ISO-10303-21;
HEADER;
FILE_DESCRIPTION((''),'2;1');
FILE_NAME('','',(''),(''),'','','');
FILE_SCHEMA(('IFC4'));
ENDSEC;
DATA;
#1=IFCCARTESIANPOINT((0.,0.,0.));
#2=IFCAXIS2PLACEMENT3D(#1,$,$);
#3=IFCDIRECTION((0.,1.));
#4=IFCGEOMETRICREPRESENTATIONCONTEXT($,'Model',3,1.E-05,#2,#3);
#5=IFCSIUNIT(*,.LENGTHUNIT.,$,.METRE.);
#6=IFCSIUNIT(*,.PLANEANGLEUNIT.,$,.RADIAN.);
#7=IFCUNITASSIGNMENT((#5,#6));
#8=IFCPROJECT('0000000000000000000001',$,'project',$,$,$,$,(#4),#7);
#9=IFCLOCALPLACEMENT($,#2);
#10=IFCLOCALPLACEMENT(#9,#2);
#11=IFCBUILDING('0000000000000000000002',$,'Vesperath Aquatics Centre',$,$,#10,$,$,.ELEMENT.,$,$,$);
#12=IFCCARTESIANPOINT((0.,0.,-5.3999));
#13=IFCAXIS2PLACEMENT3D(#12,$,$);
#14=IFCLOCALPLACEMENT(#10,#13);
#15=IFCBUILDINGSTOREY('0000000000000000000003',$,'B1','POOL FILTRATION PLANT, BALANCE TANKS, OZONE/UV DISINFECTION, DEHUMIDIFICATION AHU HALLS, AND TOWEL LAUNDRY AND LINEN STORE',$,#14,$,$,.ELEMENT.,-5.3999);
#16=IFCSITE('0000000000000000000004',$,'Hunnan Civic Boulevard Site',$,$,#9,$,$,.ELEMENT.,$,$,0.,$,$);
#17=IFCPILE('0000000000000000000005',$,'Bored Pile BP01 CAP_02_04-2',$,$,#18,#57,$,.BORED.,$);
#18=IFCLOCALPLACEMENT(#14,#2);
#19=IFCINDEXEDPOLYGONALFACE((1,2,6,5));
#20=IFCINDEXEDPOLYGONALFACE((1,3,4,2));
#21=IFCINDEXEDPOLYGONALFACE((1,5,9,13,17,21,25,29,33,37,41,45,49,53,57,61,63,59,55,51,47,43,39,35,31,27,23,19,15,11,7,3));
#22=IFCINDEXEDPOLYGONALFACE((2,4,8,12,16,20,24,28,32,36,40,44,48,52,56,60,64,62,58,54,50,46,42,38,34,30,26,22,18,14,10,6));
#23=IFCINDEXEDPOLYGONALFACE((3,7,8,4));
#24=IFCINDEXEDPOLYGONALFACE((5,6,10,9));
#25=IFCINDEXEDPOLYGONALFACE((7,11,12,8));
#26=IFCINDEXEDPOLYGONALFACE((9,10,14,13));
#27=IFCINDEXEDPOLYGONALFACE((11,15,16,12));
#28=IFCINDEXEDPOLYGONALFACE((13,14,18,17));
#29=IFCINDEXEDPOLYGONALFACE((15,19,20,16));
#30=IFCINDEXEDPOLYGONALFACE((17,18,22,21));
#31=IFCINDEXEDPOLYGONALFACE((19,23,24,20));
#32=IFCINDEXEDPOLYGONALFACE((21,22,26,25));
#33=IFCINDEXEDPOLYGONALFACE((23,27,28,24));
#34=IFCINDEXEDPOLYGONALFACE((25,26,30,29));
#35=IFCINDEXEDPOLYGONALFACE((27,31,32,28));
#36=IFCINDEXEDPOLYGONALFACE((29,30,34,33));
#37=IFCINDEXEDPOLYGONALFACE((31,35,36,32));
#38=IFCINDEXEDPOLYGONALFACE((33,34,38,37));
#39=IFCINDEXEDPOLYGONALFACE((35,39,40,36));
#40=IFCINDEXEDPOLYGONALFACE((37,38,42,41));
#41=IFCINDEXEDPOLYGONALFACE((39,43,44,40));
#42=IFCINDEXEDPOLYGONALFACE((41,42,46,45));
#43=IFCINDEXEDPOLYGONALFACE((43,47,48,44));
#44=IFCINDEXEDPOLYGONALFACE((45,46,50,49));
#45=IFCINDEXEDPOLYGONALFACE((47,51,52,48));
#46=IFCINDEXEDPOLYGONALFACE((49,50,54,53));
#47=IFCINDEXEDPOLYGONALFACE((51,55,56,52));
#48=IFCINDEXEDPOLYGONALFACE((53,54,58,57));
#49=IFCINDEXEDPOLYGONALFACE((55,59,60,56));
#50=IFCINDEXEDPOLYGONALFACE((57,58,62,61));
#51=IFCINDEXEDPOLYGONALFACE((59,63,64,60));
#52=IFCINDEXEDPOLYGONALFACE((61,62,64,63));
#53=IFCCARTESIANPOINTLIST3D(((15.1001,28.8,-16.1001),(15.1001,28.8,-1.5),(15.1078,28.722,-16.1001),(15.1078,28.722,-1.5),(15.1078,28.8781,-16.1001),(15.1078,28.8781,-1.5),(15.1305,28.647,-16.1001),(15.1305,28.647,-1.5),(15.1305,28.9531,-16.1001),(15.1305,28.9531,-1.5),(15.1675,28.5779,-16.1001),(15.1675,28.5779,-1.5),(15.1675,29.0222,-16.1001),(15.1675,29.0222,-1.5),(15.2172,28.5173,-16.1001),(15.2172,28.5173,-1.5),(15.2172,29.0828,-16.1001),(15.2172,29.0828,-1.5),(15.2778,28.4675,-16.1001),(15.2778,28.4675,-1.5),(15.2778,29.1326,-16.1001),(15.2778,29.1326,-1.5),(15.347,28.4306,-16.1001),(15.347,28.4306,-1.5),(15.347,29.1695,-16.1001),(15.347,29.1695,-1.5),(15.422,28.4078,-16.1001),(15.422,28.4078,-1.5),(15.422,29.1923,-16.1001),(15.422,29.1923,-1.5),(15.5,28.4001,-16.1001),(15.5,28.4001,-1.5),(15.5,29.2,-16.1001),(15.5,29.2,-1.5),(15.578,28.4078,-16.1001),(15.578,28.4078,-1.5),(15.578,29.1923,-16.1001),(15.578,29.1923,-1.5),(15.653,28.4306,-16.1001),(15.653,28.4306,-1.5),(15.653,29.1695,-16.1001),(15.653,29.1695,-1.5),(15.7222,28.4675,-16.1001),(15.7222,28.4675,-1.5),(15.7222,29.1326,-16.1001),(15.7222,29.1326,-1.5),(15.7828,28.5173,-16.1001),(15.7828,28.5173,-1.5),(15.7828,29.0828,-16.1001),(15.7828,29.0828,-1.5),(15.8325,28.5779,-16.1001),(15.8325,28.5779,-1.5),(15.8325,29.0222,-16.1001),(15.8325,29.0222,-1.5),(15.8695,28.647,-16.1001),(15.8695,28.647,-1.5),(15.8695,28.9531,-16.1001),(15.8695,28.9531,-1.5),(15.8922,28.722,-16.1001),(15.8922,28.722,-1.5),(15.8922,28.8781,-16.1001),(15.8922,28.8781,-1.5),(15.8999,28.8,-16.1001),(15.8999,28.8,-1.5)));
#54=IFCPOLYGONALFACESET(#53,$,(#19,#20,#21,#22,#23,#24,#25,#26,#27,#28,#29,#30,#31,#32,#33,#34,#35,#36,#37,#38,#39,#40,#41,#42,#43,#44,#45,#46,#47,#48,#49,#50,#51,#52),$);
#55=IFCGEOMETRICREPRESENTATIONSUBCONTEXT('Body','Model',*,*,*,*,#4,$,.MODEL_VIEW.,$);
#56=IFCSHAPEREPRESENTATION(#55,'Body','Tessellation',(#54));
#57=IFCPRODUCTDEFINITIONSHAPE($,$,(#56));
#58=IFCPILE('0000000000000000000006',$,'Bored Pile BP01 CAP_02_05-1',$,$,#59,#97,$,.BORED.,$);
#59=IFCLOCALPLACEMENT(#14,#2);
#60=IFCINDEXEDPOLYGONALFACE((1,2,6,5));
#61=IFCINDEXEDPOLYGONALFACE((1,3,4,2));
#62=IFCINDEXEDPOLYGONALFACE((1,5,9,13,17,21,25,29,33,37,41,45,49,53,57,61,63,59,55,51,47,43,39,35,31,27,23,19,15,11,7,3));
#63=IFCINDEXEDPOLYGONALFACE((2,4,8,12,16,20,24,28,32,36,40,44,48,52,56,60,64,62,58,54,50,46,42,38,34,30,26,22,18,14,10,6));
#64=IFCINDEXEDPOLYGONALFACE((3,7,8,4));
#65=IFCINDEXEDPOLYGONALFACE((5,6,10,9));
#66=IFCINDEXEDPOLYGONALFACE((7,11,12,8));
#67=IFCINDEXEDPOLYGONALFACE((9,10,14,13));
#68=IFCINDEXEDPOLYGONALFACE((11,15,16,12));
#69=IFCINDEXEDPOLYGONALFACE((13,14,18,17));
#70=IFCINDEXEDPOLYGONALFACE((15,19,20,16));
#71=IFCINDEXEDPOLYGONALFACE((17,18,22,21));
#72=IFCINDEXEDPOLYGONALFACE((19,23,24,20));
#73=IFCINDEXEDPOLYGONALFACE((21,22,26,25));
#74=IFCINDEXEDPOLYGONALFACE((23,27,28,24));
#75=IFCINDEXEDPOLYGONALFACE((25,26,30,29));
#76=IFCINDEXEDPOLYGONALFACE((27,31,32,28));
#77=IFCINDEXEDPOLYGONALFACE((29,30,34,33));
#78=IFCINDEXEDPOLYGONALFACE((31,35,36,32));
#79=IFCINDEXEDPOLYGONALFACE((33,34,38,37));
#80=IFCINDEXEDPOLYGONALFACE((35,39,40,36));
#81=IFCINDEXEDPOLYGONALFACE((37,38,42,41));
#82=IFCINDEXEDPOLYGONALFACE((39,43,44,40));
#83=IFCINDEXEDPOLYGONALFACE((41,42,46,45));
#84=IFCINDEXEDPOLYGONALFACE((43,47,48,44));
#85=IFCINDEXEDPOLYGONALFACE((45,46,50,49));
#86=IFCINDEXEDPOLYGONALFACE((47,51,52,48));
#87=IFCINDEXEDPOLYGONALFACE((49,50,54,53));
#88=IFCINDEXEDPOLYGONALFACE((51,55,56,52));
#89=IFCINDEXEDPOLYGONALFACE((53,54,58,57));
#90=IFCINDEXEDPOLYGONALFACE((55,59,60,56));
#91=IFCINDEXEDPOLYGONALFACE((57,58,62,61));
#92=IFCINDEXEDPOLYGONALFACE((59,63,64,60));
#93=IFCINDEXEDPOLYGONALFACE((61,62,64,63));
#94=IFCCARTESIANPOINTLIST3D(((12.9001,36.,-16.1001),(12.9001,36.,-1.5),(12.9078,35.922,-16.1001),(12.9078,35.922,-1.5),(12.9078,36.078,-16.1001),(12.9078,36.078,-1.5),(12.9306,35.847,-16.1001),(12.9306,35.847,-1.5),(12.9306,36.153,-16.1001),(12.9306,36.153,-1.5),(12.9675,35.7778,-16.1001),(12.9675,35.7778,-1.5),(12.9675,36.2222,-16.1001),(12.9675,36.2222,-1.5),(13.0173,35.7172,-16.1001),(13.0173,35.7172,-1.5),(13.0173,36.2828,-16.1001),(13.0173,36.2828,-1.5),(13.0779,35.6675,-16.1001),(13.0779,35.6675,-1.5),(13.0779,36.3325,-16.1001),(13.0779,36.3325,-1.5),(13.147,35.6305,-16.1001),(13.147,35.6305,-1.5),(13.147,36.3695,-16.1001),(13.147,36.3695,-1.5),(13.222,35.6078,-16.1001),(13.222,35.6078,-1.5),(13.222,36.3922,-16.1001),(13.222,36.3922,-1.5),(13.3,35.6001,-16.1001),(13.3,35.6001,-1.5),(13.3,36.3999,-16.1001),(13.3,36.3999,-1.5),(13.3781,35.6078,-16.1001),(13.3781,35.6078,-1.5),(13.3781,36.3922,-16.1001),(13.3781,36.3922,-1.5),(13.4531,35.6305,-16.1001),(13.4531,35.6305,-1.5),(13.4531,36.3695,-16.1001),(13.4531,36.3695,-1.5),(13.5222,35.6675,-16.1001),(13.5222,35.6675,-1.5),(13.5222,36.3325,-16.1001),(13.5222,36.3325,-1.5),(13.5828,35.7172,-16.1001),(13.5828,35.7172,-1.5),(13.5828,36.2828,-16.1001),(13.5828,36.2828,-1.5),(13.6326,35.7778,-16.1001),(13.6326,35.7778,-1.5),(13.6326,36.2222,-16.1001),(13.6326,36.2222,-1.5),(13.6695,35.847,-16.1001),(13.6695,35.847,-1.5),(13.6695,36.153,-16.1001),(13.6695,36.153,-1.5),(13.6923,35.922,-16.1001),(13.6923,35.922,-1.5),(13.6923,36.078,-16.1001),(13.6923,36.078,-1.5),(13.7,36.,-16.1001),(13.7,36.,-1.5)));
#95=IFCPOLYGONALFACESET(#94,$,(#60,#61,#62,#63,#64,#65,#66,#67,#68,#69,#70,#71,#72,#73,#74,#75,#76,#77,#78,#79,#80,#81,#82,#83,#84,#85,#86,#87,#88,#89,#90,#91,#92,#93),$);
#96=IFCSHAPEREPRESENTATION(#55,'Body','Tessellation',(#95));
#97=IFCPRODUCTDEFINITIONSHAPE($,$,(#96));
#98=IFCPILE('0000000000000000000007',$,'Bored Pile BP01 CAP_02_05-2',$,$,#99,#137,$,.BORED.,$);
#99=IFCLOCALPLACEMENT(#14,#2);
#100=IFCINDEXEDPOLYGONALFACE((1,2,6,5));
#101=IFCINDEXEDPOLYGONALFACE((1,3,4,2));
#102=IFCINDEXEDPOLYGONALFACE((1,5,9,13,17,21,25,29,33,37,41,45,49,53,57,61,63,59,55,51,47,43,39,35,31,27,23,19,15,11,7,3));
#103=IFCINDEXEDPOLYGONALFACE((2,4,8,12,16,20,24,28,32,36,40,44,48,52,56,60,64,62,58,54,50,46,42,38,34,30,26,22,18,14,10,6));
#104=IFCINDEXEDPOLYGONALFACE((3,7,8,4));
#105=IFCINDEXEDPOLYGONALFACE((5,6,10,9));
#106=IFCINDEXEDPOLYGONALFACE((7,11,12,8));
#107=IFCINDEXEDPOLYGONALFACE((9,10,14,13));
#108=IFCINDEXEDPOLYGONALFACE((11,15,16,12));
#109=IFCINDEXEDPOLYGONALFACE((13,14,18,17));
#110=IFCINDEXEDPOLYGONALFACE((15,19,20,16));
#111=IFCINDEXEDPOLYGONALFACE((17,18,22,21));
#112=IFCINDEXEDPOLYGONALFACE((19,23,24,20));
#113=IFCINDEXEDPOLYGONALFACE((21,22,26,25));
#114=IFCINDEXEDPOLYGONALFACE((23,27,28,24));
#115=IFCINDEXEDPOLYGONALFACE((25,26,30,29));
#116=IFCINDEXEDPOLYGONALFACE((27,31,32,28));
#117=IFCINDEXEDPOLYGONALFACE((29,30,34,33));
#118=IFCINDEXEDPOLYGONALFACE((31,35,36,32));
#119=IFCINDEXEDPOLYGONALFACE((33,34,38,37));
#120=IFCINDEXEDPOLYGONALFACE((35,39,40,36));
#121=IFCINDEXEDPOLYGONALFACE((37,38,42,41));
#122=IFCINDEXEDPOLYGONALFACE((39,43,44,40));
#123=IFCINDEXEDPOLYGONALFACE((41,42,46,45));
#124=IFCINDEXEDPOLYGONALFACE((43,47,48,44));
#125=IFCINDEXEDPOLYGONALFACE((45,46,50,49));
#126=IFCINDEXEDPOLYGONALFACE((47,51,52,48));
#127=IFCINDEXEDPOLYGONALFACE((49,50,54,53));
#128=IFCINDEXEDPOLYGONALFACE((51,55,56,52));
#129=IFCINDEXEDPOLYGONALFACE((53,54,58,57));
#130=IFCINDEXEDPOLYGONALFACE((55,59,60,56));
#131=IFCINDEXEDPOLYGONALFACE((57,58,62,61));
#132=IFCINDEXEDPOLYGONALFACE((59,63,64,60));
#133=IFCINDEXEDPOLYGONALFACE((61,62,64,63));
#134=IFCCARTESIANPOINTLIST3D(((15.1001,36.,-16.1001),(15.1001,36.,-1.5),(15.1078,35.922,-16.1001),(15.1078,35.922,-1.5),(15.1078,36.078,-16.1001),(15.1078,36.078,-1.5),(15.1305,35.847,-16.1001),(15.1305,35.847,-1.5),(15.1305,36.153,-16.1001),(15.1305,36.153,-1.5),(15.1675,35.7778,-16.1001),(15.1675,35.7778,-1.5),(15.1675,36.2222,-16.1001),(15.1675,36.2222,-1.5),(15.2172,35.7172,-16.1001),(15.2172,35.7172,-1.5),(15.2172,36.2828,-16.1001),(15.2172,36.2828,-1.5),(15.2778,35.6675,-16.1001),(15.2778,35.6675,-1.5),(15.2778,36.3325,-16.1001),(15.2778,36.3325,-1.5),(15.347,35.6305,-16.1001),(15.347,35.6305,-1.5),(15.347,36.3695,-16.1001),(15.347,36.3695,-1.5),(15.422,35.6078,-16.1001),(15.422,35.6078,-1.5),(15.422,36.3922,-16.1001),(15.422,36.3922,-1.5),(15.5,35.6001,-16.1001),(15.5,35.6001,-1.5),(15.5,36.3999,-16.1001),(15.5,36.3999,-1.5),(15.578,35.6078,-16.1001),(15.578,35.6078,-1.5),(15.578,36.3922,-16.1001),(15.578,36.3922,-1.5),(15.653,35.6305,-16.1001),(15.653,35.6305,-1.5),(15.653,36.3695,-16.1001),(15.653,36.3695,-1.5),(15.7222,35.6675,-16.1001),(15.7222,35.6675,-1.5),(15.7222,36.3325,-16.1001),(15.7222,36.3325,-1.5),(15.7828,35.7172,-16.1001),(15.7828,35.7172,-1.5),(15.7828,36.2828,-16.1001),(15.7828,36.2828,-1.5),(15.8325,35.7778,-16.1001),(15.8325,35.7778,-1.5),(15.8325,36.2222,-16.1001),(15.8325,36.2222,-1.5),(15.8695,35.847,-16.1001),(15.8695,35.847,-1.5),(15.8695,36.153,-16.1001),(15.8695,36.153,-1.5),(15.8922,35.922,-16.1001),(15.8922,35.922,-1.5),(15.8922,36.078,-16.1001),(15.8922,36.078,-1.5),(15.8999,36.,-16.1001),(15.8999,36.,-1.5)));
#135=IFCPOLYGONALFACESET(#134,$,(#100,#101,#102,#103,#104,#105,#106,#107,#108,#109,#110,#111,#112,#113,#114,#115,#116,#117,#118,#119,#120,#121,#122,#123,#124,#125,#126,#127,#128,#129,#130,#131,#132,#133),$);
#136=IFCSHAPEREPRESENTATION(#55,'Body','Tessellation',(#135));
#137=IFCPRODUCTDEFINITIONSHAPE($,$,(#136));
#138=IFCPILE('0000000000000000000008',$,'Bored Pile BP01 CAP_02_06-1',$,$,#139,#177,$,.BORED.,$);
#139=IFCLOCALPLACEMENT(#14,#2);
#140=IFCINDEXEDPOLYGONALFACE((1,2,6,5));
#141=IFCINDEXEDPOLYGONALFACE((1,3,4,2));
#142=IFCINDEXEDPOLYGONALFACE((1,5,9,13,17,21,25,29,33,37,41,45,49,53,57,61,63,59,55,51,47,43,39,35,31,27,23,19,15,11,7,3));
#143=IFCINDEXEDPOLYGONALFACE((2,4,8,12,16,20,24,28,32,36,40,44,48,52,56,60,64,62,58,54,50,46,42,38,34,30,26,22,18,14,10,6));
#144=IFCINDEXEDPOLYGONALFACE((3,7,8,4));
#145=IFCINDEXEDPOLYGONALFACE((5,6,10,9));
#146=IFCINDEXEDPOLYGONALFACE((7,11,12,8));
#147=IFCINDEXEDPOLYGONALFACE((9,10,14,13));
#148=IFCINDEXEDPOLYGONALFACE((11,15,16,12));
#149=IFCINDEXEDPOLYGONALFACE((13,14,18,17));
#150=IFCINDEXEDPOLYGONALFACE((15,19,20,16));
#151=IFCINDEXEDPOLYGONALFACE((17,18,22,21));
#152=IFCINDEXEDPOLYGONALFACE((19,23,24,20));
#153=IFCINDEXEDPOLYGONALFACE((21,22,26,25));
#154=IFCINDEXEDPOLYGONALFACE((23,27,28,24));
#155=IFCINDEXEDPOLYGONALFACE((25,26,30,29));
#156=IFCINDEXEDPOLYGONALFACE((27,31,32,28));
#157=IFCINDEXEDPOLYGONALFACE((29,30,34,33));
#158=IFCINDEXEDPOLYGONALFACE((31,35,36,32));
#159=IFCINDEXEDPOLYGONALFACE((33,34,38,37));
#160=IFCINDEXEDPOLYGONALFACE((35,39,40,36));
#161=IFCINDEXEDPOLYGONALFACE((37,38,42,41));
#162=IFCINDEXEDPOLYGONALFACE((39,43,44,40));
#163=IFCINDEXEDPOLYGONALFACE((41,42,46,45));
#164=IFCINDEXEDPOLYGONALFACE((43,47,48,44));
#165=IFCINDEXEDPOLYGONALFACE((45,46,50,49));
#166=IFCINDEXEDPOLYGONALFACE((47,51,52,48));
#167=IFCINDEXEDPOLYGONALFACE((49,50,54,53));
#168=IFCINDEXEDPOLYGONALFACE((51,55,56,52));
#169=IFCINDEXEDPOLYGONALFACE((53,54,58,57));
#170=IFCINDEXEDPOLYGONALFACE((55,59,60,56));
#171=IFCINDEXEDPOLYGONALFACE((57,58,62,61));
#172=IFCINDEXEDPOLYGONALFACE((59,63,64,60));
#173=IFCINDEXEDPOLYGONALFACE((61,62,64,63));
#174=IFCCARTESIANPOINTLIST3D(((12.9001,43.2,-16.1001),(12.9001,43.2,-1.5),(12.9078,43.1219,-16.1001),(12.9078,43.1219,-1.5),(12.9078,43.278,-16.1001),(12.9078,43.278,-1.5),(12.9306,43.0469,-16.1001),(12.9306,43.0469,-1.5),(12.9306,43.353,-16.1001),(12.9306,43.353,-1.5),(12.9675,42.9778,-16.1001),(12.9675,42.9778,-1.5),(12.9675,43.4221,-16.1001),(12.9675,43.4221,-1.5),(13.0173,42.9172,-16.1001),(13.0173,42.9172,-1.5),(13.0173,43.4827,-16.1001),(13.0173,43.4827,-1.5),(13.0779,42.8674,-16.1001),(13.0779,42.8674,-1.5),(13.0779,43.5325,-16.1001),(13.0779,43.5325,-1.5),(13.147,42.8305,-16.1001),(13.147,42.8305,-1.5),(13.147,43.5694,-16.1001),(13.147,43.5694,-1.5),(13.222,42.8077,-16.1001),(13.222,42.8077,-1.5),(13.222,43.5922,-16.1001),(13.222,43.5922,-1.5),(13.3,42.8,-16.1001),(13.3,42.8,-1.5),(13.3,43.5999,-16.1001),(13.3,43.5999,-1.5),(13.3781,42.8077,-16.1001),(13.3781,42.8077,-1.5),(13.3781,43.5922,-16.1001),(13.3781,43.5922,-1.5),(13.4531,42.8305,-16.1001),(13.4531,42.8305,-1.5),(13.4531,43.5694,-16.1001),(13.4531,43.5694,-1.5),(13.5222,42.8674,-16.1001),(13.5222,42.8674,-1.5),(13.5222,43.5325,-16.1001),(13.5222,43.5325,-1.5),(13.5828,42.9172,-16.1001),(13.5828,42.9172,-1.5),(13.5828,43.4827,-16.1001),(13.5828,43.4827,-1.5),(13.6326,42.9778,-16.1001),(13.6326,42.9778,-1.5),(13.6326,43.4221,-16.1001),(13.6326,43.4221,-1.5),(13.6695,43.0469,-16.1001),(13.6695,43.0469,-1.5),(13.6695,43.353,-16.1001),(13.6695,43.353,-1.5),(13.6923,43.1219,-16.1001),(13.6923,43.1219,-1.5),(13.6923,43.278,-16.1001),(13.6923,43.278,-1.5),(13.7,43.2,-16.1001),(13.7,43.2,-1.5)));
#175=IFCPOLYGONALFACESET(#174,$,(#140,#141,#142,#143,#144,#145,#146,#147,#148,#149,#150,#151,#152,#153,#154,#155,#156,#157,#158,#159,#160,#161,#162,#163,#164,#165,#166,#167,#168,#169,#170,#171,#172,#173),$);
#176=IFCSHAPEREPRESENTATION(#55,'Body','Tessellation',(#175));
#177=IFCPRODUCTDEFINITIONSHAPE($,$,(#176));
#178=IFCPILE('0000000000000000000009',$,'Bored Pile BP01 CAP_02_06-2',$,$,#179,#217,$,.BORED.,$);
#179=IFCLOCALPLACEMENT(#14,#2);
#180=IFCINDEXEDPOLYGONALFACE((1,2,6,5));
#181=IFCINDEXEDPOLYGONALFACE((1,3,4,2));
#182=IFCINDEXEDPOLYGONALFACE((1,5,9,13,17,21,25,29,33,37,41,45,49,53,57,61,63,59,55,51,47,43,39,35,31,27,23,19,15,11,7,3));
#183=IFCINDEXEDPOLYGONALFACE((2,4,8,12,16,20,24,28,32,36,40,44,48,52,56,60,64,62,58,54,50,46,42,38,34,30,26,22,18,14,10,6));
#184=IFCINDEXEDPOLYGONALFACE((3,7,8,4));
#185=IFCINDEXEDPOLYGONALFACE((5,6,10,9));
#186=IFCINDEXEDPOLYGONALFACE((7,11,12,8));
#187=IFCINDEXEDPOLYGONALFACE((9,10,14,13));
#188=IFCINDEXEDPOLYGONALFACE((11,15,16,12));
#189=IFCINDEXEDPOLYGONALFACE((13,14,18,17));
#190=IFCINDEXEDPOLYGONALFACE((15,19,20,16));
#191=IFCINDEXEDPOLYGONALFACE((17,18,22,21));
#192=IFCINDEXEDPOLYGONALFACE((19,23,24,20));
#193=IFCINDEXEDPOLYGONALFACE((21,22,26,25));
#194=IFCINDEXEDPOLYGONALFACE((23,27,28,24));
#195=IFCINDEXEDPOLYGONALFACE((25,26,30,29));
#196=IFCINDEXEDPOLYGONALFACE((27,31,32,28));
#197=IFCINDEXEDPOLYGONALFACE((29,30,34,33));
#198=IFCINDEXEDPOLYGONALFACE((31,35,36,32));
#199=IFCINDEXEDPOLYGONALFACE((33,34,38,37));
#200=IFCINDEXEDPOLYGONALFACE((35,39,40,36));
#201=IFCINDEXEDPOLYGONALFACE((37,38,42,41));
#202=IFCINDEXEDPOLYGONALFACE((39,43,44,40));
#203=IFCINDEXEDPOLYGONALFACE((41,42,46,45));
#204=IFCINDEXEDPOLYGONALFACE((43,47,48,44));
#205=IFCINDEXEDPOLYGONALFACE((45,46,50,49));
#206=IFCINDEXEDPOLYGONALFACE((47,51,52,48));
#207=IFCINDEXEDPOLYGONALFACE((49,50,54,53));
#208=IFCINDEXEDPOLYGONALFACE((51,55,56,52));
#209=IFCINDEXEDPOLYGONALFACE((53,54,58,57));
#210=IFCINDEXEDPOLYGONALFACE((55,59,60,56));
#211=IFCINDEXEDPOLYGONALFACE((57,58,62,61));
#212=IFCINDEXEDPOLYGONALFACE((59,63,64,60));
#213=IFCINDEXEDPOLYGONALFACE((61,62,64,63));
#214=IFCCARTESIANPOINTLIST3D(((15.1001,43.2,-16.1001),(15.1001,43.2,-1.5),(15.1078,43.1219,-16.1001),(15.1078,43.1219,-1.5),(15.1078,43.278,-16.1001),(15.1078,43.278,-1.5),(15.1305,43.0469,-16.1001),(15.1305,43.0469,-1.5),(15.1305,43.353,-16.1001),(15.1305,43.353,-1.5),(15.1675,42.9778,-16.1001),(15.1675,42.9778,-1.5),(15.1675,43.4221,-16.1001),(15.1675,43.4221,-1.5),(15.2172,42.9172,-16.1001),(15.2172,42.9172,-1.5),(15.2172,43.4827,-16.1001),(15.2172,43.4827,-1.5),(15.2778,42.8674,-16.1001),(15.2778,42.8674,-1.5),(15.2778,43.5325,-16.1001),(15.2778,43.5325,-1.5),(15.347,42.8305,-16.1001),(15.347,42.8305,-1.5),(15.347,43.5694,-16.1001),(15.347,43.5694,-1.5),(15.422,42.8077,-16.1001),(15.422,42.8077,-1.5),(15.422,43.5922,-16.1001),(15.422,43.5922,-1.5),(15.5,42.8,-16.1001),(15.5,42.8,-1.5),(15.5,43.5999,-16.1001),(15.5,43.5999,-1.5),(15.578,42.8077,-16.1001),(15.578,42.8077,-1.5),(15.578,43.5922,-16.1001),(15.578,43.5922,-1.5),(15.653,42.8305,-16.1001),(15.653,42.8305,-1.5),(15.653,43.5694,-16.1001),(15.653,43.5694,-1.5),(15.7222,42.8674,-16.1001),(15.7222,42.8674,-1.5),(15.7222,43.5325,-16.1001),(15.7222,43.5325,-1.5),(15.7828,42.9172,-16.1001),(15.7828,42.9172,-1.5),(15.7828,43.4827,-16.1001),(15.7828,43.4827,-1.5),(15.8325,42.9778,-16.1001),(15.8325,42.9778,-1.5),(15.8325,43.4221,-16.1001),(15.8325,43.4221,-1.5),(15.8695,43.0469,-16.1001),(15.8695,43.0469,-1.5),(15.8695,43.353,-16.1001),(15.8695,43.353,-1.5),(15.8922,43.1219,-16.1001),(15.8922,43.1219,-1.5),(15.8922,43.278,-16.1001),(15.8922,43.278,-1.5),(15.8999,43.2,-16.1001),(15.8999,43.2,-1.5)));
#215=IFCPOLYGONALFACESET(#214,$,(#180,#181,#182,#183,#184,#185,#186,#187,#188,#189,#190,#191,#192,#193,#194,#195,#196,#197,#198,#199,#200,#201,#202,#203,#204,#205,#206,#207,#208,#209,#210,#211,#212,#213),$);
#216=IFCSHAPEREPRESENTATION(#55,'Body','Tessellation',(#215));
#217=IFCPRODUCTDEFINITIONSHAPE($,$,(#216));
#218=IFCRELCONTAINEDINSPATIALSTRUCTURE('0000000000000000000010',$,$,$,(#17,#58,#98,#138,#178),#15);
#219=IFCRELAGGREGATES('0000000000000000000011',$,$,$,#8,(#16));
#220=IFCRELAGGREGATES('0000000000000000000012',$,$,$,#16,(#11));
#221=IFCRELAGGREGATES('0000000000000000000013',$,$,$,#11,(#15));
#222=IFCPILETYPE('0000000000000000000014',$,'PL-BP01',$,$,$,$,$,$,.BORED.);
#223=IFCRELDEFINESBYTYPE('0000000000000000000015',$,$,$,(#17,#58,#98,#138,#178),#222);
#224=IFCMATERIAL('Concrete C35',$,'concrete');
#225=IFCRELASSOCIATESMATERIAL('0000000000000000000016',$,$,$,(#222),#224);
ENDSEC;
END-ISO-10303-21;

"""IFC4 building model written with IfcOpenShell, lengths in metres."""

from ifc_helpers import new_model, si_unit, direction, frame, origin, origin_2d, place, context, subcontext, project, spatial, circle, extrude, material, material_profile, profile_set, type_object, element, save


model = new_model("IFC4")

# Units and contexts
model_context = context("Model", 3, precision=1e-05, world=origin(), true_north=direction((0.0, 1.0)))
body_context = subcontext(model_context, "Body", "Model", "MODEL_VIEW")
ifc_project = project(units=[si_unit("LENGTHUNIT", "METRE"), si_unit("PLANEANGLEUNIT", "RADIAN")], contexts=[model_context])

# Site, building, storey
site_placement = place(None, origin())
site = spatial("IfcSite", under=ifc_project, at=site_placement, Name="Hunnan Civic Boulevard Site", CompositionType="ELEMENT", RefElevation=0.0)
building_placement = place(site_placement, origin())
building = spatial("IfcBuilding", under=site, at=building_placement, Name="Vesperath Aquatics Centre", CompositionType="ELEMENT")
storey_placement = place(building_placement, frame((0.0, 0.0, -5.3999)))
storey = spatial("IfcBuildingStorey", under=building, at=storey_placement, Name="B1", Description="POOL FILTRATION PLANT, BALANCE TANKS, OZONE/UV DISINFECTION, DEHUMIDIFICATION AHU HALLS, AND TOWEL LAUNDRY AND LINEN STORE", CompositionType="ELEMENT", Elevation=-5.3999)

# Piles
ifc_material_1 = material(Name="Concrete C35", Category="concrete")
ifc_material_profile_1 = material_profile(ifc_material_1, circle(Radius=0.3999, at=origin_2d()), Name="PILE D800")
ifc_profile_set_1 = profile_set([ifc_material_profile_1], Name="Concrete C35")
pile_type = type_object("IfcPileType", Name="PL-BP01", PredefinedType="BORED", material=ifc_profile_set_1)
for number, where, z_axis, x_axis, name in (
    (1, (15.5, 28.8, -1.5), (0.0, 0.0, -1.0), (1.0, 0.0, 0.0), "Bored Pile BP01 CAP_02_04-2"),
    (2, (13.3, 36.0, -1.5), (0.0, 0.0, -1.0), (1.0, 0.0, 0.0), "Bored Pile BP01 CAP_02_05-1"),
    (3, (15.5, 36.0, -1.5), (0.0, 0.0, -1.0), (1.0, 0.0, 0.0), "Bored Pile BP01 CAP_02_05-2"),
    (4, (13.3, 43.2, -1.5), (0.0, 0.0, -1.0), (1.0, 0.0, 0.0), "Bored Pile BP01 CAP_02_06-1"),
    (5, (15.5, 43.2, -1.5), (0.0, 0.0, -1.0), (1.0, 0.0, 0.0), "Bored Pile BP01 CAP_02_06-2"),
):
    element("IfcPile", number, at=place(storey_placement, frame(where, z_axis=z_axis, x_axis=x_axis)), inside=storey, type_object=pile_type, Name=name, PredefinedType="BORED", context=body_context, shape_type="SweptSolid", body=[
        extrude(circle(Radius=0.3999, at=origin_2d()), origin(), (0.0, 0.0, 1.0), 14.6001),
    ])

save(model, "model.ifc")
